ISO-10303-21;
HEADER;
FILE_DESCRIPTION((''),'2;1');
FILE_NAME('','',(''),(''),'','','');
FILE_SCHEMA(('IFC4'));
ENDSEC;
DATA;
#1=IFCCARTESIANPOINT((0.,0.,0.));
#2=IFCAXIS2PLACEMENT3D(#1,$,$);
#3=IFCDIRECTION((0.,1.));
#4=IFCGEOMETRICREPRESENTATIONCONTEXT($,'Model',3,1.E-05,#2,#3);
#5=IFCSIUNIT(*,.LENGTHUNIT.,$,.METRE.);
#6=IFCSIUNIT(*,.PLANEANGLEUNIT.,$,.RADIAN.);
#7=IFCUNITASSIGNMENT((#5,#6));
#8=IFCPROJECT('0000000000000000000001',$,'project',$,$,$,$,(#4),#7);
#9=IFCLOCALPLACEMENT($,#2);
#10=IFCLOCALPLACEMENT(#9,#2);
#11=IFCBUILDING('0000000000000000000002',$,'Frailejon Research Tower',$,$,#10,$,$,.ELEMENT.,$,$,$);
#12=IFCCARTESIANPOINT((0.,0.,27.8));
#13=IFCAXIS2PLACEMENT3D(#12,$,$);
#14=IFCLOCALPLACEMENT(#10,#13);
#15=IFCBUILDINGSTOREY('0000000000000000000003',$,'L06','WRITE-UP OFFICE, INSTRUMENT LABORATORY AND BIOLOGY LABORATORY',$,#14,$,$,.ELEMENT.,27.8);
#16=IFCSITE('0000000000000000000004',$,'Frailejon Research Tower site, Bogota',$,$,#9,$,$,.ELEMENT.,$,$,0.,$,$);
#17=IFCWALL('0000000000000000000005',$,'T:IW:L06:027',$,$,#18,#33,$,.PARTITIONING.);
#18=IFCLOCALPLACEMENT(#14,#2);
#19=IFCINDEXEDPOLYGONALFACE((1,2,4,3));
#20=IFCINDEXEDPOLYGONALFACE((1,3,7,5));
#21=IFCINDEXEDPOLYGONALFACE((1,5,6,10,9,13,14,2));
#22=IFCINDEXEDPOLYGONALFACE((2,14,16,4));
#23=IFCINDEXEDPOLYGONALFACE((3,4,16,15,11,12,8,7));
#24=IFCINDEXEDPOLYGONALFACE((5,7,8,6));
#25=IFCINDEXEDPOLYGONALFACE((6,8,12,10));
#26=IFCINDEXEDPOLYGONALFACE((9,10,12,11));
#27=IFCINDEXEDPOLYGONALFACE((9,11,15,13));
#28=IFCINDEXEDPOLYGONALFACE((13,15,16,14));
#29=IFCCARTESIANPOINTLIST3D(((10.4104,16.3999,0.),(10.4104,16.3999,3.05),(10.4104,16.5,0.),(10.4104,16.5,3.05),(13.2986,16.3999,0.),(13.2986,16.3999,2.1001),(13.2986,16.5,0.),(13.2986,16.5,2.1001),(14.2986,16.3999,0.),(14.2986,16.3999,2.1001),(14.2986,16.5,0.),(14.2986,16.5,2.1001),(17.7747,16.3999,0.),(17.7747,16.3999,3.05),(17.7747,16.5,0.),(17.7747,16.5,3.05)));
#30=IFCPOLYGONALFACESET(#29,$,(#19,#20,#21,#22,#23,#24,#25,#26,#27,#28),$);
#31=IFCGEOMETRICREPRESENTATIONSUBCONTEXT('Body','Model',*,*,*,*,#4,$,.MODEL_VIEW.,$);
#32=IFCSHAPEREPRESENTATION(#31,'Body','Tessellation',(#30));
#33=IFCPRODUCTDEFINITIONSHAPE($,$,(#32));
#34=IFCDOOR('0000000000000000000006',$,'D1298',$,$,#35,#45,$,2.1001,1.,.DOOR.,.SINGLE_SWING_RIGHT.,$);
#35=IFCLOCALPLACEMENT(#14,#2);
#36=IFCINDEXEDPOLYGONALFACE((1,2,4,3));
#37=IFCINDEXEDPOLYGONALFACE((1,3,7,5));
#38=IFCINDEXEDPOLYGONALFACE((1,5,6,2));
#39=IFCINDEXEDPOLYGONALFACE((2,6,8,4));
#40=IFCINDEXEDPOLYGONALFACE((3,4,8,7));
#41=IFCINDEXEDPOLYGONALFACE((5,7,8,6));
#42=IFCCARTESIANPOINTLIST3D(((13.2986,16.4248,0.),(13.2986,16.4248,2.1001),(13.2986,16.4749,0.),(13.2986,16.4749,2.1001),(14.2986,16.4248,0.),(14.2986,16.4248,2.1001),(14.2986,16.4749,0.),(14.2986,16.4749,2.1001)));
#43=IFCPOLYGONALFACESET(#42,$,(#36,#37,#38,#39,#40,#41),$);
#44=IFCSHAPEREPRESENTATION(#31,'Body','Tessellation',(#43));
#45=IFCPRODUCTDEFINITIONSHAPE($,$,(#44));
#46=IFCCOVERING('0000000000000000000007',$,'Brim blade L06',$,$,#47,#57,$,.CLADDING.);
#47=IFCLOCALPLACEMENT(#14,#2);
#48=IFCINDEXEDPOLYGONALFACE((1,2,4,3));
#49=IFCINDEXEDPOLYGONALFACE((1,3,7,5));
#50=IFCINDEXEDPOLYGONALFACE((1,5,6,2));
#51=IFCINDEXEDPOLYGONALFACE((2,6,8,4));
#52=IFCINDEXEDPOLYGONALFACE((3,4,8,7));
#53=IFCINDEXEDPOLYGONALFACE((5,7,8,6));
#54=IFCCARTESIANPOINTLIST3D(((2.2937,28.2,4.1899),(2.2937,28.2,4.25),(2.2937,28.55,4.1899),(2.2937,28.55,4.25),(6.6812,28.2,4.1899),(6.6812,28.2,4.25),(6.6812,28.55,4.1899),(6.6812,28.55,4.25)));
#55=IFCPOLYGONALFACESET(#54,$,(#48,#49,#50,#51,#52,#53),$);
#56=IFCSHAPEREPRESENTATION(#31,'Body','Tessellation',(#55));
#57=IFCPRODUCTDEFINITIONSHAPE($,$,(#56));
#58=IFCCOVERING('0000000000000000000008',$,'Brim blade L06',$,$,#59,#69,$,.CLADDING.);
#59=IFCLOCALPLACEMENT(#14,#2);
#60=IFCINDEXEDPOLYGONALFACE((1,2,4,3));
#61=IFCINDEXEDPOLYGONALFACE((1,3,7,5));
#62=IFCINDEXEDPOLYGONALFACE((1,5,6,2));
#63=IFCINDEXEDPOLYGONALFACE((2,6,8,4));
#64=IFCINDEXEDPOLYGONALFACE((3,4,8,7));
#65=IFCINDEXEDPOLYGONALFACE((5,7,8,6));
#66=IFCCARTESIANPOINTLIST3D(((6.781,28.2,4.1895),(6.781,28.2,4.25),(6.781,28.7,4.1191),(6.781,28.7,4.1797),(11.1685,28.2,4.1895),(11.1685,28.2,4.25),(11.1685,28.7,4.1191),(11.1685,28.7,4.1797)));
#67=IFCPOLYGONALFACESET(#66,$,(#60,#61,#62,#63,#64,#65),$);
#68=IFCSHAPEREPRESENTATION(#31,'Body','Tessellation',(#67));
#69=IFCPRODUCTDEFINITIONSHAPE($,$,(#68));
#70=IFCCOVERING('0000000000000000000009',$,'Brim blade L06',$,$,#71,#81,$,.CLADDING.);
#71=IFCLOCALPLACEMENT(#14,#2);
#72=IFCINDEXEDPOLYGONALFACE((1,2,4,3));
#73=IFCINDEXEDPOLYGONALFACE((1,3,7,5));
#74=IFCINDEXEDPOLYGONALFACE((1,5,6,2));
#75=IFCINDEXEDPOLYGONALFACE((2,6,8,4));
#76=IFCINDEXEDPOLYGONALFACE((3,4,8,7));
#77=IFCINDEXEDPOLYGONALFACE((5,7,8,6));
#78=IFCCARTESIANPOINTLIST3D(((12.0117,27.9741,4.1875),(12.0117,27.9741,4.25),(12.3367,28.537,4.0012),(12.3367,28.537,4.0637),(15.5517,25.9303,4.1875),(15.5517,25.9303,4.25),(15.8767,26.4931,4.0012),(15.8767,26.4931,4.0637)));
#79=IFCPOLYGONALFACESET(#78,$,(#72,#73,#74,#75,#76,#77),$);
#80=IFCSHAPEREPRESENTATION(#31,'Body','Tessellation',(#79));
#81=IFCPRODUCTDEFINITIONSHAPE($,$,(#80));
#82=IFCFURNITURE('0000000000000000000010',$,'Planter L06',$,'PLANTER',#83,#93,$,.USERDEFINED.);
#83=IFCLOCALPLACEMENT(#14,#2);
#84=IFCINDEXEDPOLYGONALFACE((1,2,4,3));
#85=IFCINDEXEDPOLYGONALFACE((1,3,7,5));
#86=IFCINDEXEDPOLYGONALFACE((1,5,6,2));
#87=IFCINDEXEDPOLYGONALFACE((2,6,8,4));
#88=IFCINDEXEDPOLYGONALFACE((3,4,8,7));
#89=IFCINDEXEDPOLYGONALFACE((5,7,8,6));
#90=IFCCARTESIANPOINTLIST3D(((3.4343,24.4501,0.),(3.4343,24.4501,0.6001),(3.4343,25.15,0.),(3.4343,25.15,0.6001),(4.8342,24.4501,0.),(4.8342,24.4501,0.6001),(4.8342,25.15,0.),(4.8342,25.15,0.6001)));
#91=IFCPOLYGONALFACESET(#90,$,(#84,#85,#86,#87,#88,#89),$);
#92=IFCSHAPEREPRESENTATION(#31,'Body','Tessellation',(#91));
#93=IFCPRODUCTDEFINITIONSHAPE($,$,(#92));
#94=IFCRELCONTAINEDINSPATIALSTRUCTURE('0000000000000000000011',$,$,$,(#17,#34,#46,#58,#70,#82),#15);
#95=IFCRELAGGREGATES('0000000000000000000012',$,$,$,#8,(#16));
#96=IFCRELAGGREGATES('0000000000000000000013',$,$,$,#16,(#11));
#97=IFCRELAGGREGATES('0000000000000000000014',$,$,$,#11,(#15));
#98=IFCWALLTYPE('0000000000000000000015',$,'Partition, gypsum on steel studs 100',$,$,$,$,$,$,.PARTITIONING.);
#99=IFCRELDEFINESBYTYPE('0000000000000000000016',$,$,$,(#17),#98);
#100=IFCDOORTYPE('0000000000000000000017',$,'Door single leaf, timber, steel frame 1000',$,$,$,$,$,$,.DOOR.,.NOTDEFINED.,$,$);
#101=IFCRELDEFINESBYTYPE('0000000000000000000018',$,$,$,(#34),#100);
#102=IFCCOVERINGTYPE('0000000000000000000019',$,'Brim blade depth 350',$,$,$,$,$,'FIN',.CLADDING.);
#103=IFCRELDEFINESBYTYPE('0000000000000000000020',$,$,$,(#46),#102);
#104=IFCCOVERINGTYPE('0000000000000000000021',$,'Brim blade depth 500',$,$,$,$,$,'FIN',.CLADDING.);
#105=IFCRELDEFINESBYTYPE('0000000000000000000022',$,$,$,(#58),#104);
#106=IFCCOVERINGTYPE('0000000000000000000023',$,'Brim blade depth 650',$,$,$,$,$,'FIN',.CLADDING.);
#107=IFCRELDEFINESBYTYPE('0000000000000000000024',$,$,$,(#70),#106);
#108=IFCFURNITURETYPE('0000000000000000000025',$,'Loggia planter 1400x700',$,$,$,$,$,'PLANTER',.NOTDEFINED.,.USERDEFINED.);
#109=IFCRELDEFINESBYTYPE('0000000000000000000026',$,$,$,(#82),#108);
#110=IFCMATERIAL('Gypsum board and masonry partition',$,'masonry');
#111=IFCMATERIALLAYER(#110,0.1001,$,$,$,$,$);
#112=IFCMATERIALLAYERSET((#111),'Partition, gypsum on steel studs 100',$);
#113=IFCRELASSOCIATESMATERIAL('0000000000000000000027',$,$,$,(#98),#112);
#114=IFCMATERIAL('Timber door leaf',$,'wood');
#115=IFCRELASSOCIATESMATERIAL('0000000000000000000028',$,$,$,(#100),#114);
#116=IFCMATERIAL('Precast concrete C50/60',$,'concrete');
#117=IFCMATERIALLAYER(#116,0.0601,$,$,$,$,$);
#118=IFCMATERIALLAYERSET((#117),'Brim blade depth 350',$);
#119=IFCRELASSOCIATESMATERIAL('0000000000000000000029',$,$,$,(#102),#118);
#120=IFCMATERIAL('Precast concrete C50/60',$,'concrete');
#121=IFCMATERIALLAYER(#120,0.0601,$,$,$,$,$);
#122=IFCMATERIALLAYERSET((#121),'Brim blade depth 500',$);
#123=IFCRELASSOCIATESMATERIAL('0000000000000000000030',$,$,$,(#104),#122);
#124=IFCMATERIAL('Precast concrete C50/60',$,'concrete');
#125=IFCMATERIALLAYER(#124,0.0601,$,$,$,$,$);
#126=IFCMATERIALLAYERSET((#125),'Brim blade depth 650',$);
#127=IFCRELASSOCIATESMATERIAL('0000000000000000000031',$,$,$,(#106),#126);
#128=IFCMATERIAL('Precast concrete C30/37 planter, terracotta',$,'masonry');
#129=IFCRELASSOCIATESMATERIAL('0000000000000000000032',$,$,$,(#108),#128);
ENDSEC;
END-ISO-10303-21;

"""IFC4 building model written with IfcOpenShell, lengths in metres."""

from ifc_helpers import new_model, si_unit, direction, frame, frame_2d, origin, origin_2d, place, context, subcontext, project, spatial, polyline, rectangle, outline, extrude, material, layer, layer_set, type_object, element, fill, save


model = new_model("IFC4")

# Units and contexts
model_context = context("Model", 3, precision=1e-05, world=origin(), true_north=direction((0.0, 1.0)))
body_context = subcontext(model_context, "Body", "Model", "MODEL_VIEW")
ifc_project = project(units=[si_unit("LENGTHUNIT", "METRE"), si_unit("PLANEANGLEUNIT", "RADIAN")], contexts=[model_context])

# Site, building, storey
site_placement = place(None, origin())
site = spatial("IfcSite", under=ifc_project, at=site_placement, Name="Frailejon Research Tower site, Bogota", CompositionType="ELEMENT", RefElevation=0.0)
building_placement = place(site_placement, origin())
building = spatial("IfcBuilding", under=site, at=building_placement, Name="Frailejon Research Tower", CompositionType="ELEMENT")
storey_placement = place(building_placement, frame((0.0, 0.0, 27.8)))
storey = spatial("IfcBuildingStorey", under=building, at=storey_placement, Name="L06", Description="WRITE-UP OFFICE, INSTRUMENT LABORATORY AND BIOLOGY LABORATORY", CompositionType="ELEMENT", Elevation=27.8)

# Wall, opening, door
ifc_material_1 = material(Name="Gypsum board and masonry partition", Category="masonry")
ifc_layer_1 = layer(ifc_material_1, 0.1001)
ifc_layer_set_1 = layer_set([ifc_layer_1], Name="Partition, gypsum on steel studs 100")
wall_type_1 = type_object("IfcWallType", Name="Partition, gypsum on steel studs 100", PredefinedType="PARTITIONING", material=ifc_layer_set_1)
ifc_material_2 = material(Name="Timber door leaf", Category="wood")
door_type_1 = type_object("IfcDoorType", Name="Door single leaf, timber, steel frame 1000", OperationType="NOTDEFINED", PredefinedType="DOOR", material=ifc_material_2)
wall_1_placement = place(storey_placement, frame((10.4104, 16.45, 0.0), z_axis=(0.0, 0.0, 1.0), x_axis=(1.0, 0.0, 0.0)))
wall_1 = element("IfcWall", 1, at=wall_1_placement, inside=storey, type_object=wall_type_1, Name="T:IW:L06:027", PredefinedType="PARTITIONING", context=body_context, shape_type="SweptSolid", body=[
    extrude(rectangle(XDim=7.3643, YDim=0.1001, at=frame_2d((3.6821, 0.0))), origin(), (0.0, 0.0, 1.0), 3.05),
])
opening_1_placement = place(wall_1_placement, frame((2.8882, 0.0, 0.0)))
opening_1 = element("IfcOpeningElement", 2, at=opening_1_placement, cuts=wall_1, PredefinedType="OPENING", context=body_context, shape_type="SweptSolid", body=[
    extrude(rectangle(XDim=1.0, YDim=2.1001, at=frame_2d((0.5, 1.05))), frame((0.0, 0.0601, 0.0), z_axis=(0.0, -1.0, 0.0), x_axis=(1.0, 0.0, 0.0)), (0.0, 0.0, 1.0), 0.1201),
])
door_1_placement = place(opening_1_placement, origin())
door_1 = element("IfcDoor", 3, at=door_1_placement, inside=storey, type_object=door_type_1, Name="D1298", OperationType="SINGLE_SWING_RIGHT", OverallHeight=2.1001, OverallWidth=1.0, PredefinedType="DOOR", context=body_context, shape_type="SweptSolid", body=[
    extrude(rectangle(XDim=1.0, YDim=2.1001, at=frame_2d((0.5, 1.05))), frame((0.0, 0.0249, 0.0), z_axis=(0.0, -1.0, 0.0), x_axis=(1.0, 0.0, 0.0)), (0.0, 0.0, 1.0), 0.05),
])
fill(opening_1, door_1)

# Coverings
ifc_material_3 = material(Name="Precast concrete C50/60", Category="concrete")
ifc_layer_2 = layer(ifc_material_3, 0.0601)
ifc_layer_set_2 = layer_set([ifc_layer_2], Name="Brim blade depth 350")
covering_type_1 = type_object("IfcCoveringType", Name="Brim blade depth 350", ElementType="FIN", PredefinedType="CLADDING", material=ifc_layer_set_2)
covering_1_placement = place(storey_placement, frame((2.2937, 28.2, 4.25), z_axis=(1.0, 0.0, 0.0), x_axis=(0.0, 1.0, 0.0)))
element("IfcCovering", 4, at=covering_1_placement, inside=storey, type_object=covering_type_1, Name="Brim blade L06", PredefinedType="CLADDING", context=body_context, shape_type="SweptSolid", body=[
    extrude(outline(polyline([(0.0, -0.0601), (0.3501, -0.0601), (0.3501, 0.0), (0.0, 0.0), (0.0, -0.0601)])), origin(), (0.0, 0.0, 1.0), 4.3875),
])
ifc_material_4 = material(Name="Precast concrete C50/60", Category="concrete")
ifc_layer_3 = layer(ifc_material_4, 0.0601)
ifc_layer_set_3 = layer_set([ifc_layer_3], Name="Brim blade depth 500")
covering_type_2 = type_object("IfcCoveringType", Name="Brim blade depth 500", ElementType="FIN", PredefinedType="CLADDING", material=ifc_layer_set_3)
covering_2_placement = place(storey_placement, frame((6.781, 28.2, 4.25), z_axis=(1.0, 0.0, 0.0), x_axis=(0.0, 1.0, 0.0)))
element("IfcCovering", 5, at=covering_2_placement, inside=storey, type_object=covering_type_2, Name="Brim blade L06", PredefinedType="CLADDING", context=body_context, shape_type="SweptSolid", body=[
    extrude(outline(polyline([(0.0, -0.0605), (0.5, -0.1309), (0.5, -0.0703), (0.0, 0.0), (0.0, -0.0605)])), origin(), (0.0, 0.0, 1.0), 4.3875),
])
ifc_material_5 = material(Name="Precast concrete C50/60", Category="concrete")
ifc_layer_4 = layer(ifc_material_5, 0.0601)
ifc_layer_set_4 = layer_set([ifc_layer_4], Name="Brim blade depth 650")
covering_type_3 = type_object("IfcCoveringType", Name="Brim blade depth 650", ElementType="FIN", PredefinedType="CLADDING", material=ifc_layer_set_4)
covering_3_placement = place(storey_placement, frame((12.0117, 27.9741, 4.25), z_axis=(0.866027, -0.499997, 0.0), x_axis=(0.499997, 0.866027, 0.0)))
element("IfcCovering", 6, at=covering_3_placement, inside=storey, type_object=covering_type_3, Name="Brim blade L06", PredefinedType="CLADDING", context=body_context, shape_type="SweptSolid", body=[
    extrude(outline(polyline([(0.0, -0.0625), (0.6499, -0.2488), (0.6499, -0.1863), (0.0, 0.0), (0.0, -0.0625)])), origin(), (0.0, 0.0, 1.0), 4.0876),
])

# Furniture
ifc_material_6 = material(Name="Precast concrete C30/37 planter, terracotta", Category="masonry")
furniture_type = type_object("IfcFurnitureType", Name="Loggia planter 1400x700", ElementType="PLANTER", AssemblyPlace="NOTDEFINED", PredefinedType="USERDEFINED", material=ifc_material_6)
furniture_placement = place(storey_placement, frame((4.1343, 24.8, 0.0), z_axis=(0.0, 0.0, 1.0), x_axis=(-1.0, 0.0, 0.0)))
element("IfcFurniture", 7, at=furniture_placement, inside=storey, type_object=furniture_type, Name="Planter L06", ObjectType="PLANTER", PredefinedType="USERDEFINED", context=body_context, shape_type="SweptSolid", body=[
    extrude(rectangle(XDim=1.3999, YDim=0.7, at=origin_2d()), origin(), (0.0, 0.0, 1.0), 0.6001),
])

save(model, "model.ifc")
